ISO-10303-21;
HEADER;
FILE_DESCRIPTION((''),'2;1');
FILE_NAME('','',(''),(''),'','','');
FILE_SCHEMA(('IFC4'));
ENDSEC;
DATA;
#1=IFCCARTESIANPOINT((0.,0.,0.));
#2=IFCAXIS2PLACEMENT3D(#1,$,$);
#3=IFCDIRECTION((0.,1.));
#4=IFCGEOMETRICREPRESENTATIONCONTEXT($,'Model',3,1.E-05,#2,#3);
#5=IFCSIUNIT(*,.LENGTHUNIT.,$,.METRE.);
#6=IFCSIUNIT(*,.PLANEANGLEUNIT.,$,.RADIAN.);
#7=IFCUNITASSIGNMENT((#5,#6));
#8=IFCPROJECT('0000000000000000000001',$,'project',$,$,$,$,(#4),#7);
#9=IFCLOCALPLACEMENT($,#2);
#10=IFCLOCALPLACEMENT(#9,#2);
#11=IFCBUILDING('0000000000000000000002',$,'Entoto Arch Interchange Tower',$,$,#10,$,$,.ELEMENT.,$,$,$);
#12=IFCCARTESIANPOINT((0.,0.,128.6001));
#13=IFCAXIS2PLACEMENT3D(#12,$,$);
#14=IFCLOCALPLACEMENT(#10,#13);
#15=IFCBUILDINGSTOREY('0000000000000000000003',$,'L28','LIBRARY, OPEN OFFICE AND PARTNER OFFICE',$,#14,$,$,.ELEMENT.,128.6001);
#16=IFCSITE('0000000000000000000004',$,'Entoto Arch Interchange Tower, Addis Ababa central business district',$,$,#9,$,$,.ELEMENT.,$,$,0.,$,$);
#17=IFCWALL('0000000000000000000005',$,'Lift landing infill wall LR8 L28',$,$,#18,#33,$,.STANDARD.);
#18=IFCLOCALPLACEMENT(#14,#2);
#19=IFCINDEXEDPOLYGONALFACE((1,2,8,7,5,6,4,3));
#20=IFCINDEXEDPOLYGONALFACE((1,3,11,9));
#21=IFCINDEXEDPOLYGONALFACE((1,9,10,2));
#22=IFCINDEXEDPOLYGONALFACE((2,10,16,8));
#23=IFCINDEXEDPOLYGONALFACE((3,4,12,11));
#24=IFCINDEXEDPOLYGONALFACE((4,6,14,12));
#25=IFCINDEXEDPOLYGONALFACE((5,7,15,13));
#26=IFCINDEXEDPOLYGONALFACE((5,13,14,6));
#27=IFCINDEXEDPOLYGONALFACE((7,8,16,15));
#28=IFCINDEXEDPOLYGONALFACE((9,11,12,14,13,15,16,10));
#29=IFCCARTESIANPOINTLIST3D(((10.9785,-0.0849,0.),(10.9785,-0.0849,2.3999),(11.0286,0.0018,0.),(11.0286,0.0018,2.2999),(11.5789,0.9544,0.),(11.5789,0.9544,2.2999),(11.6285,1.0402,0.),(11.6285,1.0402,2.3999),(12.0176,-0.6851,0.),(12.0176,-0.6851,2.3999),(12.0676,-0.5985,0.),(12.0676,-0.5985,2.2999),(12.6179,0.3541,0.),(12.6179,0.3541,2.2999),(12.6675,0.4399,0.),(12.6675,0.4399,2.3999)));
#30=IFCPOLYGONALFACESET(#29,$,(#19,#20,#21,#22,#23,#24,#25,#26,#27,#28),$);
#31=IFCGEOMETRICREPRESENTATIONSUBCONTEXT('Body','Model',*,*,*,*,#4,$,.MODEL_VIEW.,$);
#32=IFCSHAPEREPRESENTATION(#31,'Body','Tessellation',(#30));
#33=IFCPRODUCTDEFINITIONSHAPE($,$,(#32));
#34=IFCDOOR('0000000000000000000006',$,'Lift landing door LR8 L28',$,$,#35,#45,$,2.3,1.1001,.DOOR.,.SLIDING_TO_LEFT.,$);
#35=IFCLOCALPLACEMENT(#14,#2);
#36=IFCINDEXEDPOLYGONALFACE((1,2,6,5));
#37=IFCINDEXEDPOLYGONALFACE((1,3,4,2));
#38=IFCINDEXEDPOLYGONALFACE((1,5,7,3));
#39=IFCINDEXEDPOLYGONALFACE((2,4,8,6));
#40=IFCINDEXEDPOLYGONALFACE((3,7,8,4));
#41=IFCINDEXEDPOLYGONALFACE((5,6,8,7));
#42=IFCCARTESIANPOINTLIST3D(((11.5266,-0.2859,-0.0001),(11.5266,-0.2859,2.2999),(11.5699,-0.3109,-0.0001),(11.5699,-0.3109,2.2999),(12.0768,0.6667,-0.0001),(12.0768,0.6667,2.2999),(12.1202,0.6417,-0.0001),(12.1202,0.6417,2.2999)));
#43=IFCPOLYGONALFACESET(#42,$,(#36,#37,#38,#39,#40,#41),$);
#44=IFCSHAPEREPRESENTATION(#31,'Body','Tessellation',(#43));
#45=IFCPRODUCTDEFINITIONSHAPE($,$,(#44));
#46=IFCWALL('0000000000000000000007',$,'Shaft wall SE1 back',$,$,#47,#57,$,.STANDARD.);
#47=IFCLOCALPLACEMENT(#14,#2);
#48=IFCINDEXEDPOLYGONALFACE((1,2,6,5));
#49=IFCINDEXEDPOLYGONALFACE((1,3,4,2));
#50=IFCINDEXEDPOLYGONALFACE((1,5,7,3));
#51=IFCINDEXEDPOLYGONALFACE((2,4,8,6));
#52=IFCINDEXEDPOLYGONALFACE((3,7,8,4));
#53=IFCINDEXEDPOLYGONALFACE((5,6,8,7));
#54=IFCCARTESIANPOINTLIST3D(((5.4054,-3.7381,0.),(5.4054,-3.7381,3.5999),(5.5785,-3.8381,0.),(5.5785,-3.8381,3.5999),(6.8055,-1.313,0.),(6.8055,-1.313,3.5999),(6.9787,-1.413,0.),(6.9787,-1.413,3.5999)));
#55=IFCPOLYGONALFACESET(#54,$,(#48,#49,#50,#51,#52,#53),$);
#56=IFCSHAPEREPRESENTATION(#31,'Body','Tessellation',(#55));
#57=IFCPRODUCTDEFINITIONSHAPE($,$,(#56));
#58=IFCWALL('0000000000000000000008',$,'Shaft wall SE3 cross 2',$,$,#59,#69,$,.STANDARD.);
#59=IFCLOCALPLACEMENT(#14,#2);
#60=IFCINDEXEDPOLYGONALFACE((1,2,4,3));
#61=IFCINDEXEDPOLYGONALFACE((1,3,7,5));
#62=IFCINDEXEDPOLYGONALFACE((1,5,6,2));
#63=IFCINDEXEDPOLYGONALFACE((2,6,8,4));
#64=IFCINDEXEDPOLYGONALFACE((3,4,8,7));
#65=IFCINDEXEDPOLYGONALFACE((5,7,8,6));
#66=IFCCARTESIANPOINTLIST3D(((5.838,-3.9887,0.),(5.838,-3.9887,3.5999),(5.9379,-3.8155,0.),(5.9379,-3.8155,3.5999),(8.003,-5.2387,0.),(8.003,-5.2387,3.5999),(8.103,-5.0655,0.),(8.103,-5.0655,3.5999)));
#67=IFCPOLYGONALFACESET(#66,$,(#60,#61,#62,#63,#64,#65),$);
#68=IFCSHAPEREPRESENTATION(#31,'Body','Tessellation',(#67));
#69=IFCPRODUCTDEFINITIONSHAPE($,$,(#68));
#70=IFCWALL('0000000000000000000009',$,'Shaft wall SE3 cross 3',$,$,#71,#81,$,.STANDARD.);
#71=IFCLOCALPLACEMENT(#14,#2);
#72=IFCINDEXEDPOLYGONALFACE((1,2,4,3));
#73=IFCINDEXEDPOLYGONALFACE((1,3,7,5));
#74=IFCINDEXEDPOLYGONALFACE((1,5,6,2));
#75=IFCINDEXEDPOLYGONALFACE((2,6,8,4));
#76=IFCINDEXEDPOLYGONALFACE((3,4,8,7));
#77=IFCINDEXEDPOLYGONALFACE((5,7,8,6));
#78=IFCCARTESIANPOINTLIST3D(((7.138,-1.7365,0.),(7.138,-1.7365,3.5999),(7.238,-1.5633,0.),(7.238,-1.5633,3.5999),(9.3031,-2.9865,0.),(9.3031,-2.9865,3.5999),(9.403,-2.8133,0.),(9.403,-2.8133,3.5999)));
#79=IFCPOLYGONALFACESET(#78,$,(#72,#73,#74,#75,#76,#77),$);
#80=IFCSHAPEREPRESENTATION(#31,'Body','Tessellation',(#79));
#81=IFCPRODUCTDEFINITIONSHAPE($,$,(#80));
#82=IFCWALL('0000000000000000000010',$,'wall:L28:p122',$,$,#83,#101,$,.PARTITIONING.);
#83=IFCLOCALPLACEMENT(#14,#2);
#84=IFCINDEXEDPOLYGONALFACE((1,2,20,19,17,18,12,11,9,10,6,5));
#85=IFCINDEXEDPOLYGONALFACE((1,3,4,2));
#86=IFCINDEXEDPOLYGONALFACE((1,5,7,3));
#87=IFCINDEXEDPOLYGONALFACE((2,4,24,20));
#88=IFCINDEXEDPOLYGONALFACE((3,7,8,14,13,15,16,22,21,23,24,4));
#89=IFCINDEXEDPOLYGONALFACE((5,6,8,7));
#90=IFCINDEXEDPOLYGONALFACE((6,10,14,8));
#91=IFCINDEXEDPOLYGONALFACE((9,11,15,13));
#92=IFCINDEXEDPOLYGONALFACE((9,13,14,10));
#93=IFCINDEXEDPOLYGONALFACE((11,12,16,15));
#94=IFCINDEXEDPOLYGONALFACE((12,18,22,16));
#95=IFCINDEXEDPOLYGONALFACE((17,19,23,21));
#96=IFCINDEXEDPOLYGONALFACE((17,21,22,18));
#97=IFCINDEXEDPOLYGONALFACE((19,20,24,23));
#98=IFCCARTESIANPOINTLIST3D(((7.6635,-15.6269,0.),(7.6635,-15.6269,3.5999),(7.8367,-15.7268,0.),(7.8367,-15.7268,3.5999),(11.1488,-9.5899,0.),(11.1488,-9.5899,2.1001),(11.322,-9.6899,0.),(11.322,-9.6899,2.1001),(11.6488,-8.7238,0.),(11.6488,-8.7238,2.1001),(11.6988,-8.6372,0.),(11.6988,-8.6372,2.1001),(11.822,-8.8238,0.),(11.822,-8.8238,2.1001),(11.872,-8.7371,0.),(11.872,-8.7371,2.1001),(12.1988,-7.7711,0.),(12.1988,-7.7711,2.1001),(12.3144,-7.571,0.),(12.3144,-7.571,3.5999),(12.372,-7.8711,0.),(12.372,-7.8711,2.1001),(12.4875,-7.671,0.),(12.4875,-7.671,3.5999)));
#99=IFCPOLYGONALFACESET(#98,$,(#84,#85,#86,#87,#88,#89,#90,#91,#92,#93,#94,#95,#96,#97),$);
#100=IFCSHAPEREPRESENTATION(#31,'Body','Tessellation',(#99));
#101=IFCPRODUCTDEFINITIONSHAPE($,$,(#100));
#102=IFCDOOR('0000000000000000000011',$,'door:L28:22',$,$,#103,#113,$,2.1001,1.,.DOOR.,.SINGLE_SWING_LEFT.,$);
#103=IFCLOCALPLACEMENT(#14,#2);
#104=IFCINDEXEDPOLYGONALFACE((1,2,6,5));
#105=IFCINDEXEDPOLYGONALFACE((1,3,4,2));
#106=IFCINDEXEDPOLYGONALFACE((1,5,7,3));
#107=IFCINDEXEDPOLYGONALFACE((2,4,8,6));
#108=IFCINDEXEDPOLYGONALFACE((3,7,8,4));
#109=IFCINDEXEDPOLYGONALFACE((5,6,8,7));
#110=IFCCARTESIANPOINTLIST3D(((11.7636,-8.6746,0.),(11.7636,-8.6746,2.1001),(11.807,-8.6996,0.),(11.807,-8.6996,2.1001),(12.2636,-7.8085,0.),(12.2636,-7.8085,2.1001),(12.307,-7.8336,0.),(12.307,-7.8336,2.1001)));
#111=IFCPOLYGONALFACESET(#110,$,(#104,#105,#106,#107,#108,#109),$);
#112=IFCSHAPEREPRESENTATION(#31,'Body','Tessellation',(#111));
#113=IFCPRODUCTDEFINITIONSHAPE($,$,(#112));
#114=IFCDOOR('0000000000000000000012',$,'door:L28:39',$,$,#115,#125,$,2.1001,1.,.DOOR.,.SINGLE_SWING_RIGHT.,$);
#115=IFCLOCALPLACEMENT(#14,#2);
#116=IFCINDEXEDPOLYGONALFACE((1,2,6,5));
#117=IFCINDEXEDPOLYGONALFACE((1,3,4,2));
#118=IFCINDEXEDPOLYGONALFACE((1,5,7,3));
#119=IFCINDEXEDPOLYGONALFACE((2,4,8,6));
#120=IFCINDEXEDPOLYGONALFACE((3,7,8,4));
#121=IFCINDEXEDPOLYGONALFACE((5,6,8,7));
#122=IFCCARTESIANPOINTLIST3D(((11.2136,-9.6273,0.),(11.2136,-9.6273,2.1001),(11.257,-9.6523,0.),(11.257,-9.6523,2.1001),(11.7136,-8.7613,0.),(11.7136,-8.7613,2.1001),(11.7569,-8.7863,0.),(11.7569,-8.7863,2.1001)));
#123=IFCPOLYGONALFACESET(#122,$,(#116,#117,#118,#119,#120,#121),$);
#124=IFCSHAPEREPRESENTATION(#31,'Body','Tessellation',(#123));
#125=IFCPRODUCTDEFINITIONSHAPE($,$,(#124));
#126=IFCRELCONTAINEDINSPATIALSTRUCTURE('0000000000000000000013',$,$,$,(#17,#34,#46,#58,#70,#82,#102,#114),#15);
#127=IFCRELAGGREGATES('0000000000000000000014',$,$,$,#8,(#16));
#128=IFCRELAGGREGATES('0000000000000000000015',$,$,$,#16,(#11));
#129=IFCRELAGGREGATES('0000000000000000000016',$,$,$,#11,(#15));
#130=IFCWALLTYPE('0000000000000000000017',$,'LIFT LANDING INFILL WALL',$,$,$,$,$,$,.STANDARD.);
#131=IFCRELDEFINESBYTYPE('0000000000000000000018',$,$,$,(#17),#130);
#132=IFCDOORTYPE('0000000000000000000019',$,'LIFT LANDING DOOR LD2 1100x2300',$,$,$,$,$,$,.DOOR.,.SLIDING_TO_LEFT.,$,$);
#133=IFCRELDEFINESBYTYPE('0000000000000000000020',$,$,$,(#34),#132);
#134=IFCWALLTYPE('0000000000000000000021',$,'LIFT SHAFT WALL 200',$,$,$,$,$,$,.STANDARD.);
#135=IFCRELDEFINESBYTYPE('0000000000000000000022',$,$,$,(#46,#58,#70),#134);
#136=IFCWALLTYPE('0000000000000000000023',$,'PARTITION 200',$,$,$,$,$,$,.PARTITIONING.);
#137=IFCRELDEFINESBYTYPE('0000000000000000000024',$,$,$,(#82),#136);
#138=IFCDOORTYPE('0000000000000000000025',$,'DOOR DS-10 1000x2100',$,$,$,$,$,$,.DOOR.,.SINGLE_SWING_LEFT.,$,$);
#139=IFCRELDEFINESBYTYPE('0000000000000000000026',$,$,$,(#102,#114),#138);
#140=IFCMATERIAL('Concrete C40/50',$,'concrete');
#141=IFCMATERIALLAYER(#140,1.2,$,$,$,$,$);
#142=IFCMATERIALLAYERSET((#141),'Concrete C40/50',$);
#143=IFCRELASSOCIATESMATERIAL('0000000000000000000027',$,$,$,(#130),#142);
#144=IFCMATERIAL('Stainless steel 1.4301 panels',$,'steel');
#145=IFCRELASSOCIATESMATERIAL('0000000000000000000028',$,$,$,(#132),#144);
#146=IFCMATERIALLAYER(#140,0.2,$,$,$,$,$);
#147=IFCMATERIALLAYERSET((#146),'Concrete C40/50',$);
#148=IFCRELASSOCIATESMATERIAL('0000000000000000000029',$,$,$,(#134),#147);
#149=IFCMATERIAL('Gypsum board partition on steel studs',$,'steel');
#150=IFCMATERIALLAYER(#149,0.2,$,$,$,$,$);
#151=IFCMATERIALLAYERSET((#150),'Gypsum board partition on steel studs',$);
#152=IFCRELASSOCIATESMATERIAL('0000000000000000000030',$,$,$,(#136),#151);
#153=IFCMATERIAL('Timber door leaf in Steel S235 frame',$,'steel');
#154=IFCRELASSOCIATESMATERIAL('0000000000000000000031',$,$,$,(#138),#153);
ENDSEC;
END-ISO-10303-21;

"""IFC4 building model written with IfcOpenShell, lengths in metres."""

from ifc_helpers import new_model, si_unit, direction, frame, frame_2d, origin, place, context, subcontext, project, spatial, rectangle, extrude, material, layer, layer_set, type_object, element, fill, save


model = new_model("IFC4")

# Units and contexts
model_context = context("Model", 3, precision=1e-05, world=origin(), true_north=direction((0.0, 1.0)))
body_context = subcontext(model_context, "Body", "Model", "MODEL_VIEW")
ifc_project = project(units=[si_unit("LENGTHUNIT", "METRE"), si_unit("PLANEANGLEUNIT", "RADIAN")], contexts=[model_context])

# Site, building, storey
site_placement = place(None, origin())
site = spatial("IfcSite", under=ifc_project, at=site_placement, Name="Entoto Arch Interchange Tower, Addis Ababa central business district", CompositionType="ELEMENT", RefElevation=0.0)
building_placement = place(site_placement, origin())
building = spatial("IfcBuilding", under=site, at=building_placement, Name="Entoto Arch Interchange Tower", CompositionType="ELEMENT")
storey_placement = place(building_placement, frame((0.0, 0.0, 128.6001)))
storey = spatial("IfcBuildingStorey", under=building, at=storey_placement, Name="L28", Description="LIBRARY, OPEN OFFICE AND PARTNER OFFICE", CompositionType="ELEMENT", Elevation=128.6001)

# Wall, opening, door
ifc_material_1 = material(Name="Concrete C40/50", Category="concrete")
ifc_layer_1 = layer(ifc_material_1, 1.2)
ifc_layer_set_1 = layer_set([ifc_layer_1], Name="Concrete C40/50")
wall_type_1 = type_object("IfcWallType", Name="LIFT LANDING INFILL WALL", PredefinedType="STANDARD", material=ifc_layer_set_1)
ifc_material_2 = material(Name="Stainless steel 1.4301 panels", Category="steel")
door_type_1 = type_object("IfcDoorType", Name="LIFT LANDING DOOR LD2 1100x2300", OperationType="SLIDING_TO_LEFT", PredefinedType="DOOR", material=ifc_material_2)
wall_1_placement = place(storey_placement, frame((11.498, -0.385, 0.0), z_axis=(0.0, 0.0, 1.0), x_axis=(0.500221, 0.865898, 0.0)))
wall_1 = element("IfcWall", 1, at=wall_1_placement, inside=storey, type_object=wall_type_1, Name="Lift landing infill wall LR8 L28", PredefinedType="STANDARD", context=body_context, shape_type="SweptSolid", body=[
    extrude(rectangle(XDim=1.2993, YDim=1.2, at=frame_2d((0.6497, 0.0))), origin(), (0.0, 0.0, 1.0), 2.3999),
])
opening_1_placement = place(wall_1_placement, frame((0.1001, 0.0, 0.0)))
opening_1 = element("IfcOpeningElement", 2, at=opening_1_placement, cuts=wall_1, PredefinedType="OPENING", context=body_context, shape_type="SweptSolid", body=[
    extrude(rectangle(XDim=1.1001, YDim=2.3, at=frame_2d((0.55, 1.1499))), frame((0.0, 0.6099, 0.0), z_axis=(0.0, -1.0, 0.0), x_axis=(1.0, 0.0, 0.0)), (0.0, 0.0, 1.0), 1.22),
])
door_1_placement = place(opening_1_placement, origin())
door_1 = element("IfcDoor", 3, at=door_1_placement, inside=storey, type_object=door_type_1, Name="Lift landing door LR8 L28", OperationType="SLIDING_TO_LEFT", OverallHeight=2.3, OverallWidth=1.1001, PredefinedType="DOOR", context=body_context, shape_type="SweptSolid", body=[
    extrude(rectangle(XDim=1.1001, YDim=2.3, at=frame_2d((0.55, 1.1499))), frame((0.0, 0.0249, 0.0), z_axis=(0.0, -1.0, 0.0), x_axis=(1.0, 0.0, 0.0)), (0.0, 0.0, 1.0), 0.05),
])
fill(opening_1, door_1)

# Walls
ifc_layer_2 = layer(ifc_material_1, 0.2)
ifc_layer_set_2 = layer_set([ifc_layer_2], Name="Concrete C40/50")
wall_type_2 = type_object("IfcWallType", Name="LIFT SHAFT WALL 200", PredefinedType="STANDARD", material=ifc_layer_set_2)
wall_2_placement = place(storey_placement, frame((5.4919, -3.7881, 0.0), z_axis=(0.0, 0.0, 1.0), x_axis=(0.500012, 0.866019, 0.0)))
element("IfcWall", 4, at=wall_2_placement, inside=storey, type_object=wall_type_2, Name="Shaft wall SE1 back", PredefinedType="STANDARD", context=body_context, shape_type="SweptSolid", body=[
    extrude(rectangle(XDim=2.8003, YDim=0.2, at=frame_2d((1.4001, 0.0))), origin(), (0.0, 0.0, 1.0), 3.5999),
])
for number, where, z_axis, x_axis, name in (
    (5, (5.8879, -3.9021, 0.0), (0.0, 0.0, 1.0), (0.866023, -0.500004, 0.0), "Shaft wall SE3 cross 2"),
    (6, (7.188, -1.6499, 0.0), (0.0, 0.0, 1.0), (0.866023, -0.500004, 0.0), "Shaft wall SE3 cross 3"),
):
    element("IfcWall", number, at=place(storey_placement, frame(where, z_axis=z_axis, x_axis=x_axis)), inside=storey, type_object=wall_type_2, Name=name, PredefinedType="STANDARD", context=body_context, shape_type="SweptSolid", body=[
        extrude(rectangle(XDim=2.5, YDim=0.2, at=frame_2d((1.25, 0.0))), origin(), (0.0, 0.0, 1.0), 3.5999),
    ])

# Wall, openings, doors
ifc_material_3 = material(Name="Gypsum board partition on steel studs", Category="steel")
ifc_layer_3 = layer(ifc_material_3, 0.2)
ifc_layer_set_3 = layer_set([ifc_layer_3], Name="Gypsum board partition on steel studs")
wall_type_3 = type_object("IfcWallType", Name="PARTITION 200", PredefinedType="PARTITIONING", material=ifc_layer_set_3)
wall_3_placement = place(storey_placement, frame((12.4009, -7.6211, 0.0), z_axis=(0.0, 0.0, 1.0), x_axis=(-0.499984, -0.866035, 0.0)))
wall_3 = element("IfcWall", 7, at=wall_3_placement, inside=storey, type_object=wall_type_3, Name="wall:L28:p122", PredefinedType="PARTITIONING", context=body_context, shape_type="SweptSolid", body=[
    extrude(rectangle(XDim=9.302, YDim=0.2, at=frame_2d((4.6509, 0.0))), origin(), (0.0, 0.0, 1.0), 3.5999),
])
opening_2_placement = place(wall_3_placement, frame((0.231, 0.0, 0.0)))
opening_2 = element("IfcOpeningElement", 8, at=opening_2_placement, cuts=wall_3, PredefinedType="OPENING", context=body_context, shape_type="SweptSolid", body=[
    extrude(rectangle(XDim=1.0, YDim=2.1001, at=frame_2d((0.5, 1.05))), frame((0.0, 0.1099, 0.0), z_axis=(0.0, -1.0, 0.0), x_axis=(1.0, 0.0, 0.0)), (0.0, 0.0, 1.0), 0.22),
])
opening_3_placement = place(wall_3_placement, frame((1.3311, 0.0, 0.0)))
opening_3 = element("IfcOpeningElement", 9, at=opening_3_placement, cuts=wall_3, PredefinedType="OPENING", context=body_context, shape_type="SweptSolid", body=[
    extrude(rectangle(XDim=1.0, YDim=2.1001, at=frame_2d((0.5, 1.05))), frame((0.0, 0.1099, 0.0), z_axis=(0.0, -1.0, 0.0), x_axis=(1.0, 0.0, 0.0)), (0.0, 0.0, 1.0), 0.22),
])
ifc_material_4 = material(Name="Timber door leaf in Steel S235 frame", Category="steel")
door_type_2 = type_object("IfcDoorType", Name="DOOR DS-10 1000x2100", OperationType="SINGLE_SWING_LEFT", PredefinedType="DOOR", material=ifc_material_4)
door_2_placement = place(opening_2_placement, origin())
door_2 = element("IfcDoor", 10, at=door_2_placement, inside=storey, type_object=door_type_2, Name="door:L28:22", OperationType="SINGLE_SWING_LEFT", OverallHeight=2.1001, OverallWidth=1.0, PredefinedType="DOOR", context=body_context, shape_type="SweptSolid", body=[
    extrude(rectangle(XDim=1.0, YDim=2.1001, at=frame_2d((0.5, 1.05))), frame((0.0, 0.0249, 0.0), z_axis=(0.0, -1.0, 0.0), x_axis=(1.0, 0.0, 0.0)), (0.0, 0.0, 1.0), 0.05),
])
fill(opening_2, door_2)
door_3_placement = place(opening_3_placement, origin())
door_3 = element("IfcDoor", 11, at=door_3_placement, inside=storey, type_object=door_type_2, Name="door:L28:39", OperationType="SINGLE_SWING_RIGHT", OverallHeight=2.1001, OverallWidth=1.0, PredefinedType="DOOR", context=body_context, shape_type="SweptSolid", body=[
    extrude(rectangle(XDim=1.0, YDim=2.1001, at=frame_2d((0.5, 1.05))), frame((0.0, 0.0249, 0.0), z_axis=(0.0, -1.0, 0.0), x_axis=(1.0, 0.0, 0.0)), (0.0, 0.0, 1.0), 0.05),
])
fill(opening_3, door_3)

save(model, "model.ifc")
